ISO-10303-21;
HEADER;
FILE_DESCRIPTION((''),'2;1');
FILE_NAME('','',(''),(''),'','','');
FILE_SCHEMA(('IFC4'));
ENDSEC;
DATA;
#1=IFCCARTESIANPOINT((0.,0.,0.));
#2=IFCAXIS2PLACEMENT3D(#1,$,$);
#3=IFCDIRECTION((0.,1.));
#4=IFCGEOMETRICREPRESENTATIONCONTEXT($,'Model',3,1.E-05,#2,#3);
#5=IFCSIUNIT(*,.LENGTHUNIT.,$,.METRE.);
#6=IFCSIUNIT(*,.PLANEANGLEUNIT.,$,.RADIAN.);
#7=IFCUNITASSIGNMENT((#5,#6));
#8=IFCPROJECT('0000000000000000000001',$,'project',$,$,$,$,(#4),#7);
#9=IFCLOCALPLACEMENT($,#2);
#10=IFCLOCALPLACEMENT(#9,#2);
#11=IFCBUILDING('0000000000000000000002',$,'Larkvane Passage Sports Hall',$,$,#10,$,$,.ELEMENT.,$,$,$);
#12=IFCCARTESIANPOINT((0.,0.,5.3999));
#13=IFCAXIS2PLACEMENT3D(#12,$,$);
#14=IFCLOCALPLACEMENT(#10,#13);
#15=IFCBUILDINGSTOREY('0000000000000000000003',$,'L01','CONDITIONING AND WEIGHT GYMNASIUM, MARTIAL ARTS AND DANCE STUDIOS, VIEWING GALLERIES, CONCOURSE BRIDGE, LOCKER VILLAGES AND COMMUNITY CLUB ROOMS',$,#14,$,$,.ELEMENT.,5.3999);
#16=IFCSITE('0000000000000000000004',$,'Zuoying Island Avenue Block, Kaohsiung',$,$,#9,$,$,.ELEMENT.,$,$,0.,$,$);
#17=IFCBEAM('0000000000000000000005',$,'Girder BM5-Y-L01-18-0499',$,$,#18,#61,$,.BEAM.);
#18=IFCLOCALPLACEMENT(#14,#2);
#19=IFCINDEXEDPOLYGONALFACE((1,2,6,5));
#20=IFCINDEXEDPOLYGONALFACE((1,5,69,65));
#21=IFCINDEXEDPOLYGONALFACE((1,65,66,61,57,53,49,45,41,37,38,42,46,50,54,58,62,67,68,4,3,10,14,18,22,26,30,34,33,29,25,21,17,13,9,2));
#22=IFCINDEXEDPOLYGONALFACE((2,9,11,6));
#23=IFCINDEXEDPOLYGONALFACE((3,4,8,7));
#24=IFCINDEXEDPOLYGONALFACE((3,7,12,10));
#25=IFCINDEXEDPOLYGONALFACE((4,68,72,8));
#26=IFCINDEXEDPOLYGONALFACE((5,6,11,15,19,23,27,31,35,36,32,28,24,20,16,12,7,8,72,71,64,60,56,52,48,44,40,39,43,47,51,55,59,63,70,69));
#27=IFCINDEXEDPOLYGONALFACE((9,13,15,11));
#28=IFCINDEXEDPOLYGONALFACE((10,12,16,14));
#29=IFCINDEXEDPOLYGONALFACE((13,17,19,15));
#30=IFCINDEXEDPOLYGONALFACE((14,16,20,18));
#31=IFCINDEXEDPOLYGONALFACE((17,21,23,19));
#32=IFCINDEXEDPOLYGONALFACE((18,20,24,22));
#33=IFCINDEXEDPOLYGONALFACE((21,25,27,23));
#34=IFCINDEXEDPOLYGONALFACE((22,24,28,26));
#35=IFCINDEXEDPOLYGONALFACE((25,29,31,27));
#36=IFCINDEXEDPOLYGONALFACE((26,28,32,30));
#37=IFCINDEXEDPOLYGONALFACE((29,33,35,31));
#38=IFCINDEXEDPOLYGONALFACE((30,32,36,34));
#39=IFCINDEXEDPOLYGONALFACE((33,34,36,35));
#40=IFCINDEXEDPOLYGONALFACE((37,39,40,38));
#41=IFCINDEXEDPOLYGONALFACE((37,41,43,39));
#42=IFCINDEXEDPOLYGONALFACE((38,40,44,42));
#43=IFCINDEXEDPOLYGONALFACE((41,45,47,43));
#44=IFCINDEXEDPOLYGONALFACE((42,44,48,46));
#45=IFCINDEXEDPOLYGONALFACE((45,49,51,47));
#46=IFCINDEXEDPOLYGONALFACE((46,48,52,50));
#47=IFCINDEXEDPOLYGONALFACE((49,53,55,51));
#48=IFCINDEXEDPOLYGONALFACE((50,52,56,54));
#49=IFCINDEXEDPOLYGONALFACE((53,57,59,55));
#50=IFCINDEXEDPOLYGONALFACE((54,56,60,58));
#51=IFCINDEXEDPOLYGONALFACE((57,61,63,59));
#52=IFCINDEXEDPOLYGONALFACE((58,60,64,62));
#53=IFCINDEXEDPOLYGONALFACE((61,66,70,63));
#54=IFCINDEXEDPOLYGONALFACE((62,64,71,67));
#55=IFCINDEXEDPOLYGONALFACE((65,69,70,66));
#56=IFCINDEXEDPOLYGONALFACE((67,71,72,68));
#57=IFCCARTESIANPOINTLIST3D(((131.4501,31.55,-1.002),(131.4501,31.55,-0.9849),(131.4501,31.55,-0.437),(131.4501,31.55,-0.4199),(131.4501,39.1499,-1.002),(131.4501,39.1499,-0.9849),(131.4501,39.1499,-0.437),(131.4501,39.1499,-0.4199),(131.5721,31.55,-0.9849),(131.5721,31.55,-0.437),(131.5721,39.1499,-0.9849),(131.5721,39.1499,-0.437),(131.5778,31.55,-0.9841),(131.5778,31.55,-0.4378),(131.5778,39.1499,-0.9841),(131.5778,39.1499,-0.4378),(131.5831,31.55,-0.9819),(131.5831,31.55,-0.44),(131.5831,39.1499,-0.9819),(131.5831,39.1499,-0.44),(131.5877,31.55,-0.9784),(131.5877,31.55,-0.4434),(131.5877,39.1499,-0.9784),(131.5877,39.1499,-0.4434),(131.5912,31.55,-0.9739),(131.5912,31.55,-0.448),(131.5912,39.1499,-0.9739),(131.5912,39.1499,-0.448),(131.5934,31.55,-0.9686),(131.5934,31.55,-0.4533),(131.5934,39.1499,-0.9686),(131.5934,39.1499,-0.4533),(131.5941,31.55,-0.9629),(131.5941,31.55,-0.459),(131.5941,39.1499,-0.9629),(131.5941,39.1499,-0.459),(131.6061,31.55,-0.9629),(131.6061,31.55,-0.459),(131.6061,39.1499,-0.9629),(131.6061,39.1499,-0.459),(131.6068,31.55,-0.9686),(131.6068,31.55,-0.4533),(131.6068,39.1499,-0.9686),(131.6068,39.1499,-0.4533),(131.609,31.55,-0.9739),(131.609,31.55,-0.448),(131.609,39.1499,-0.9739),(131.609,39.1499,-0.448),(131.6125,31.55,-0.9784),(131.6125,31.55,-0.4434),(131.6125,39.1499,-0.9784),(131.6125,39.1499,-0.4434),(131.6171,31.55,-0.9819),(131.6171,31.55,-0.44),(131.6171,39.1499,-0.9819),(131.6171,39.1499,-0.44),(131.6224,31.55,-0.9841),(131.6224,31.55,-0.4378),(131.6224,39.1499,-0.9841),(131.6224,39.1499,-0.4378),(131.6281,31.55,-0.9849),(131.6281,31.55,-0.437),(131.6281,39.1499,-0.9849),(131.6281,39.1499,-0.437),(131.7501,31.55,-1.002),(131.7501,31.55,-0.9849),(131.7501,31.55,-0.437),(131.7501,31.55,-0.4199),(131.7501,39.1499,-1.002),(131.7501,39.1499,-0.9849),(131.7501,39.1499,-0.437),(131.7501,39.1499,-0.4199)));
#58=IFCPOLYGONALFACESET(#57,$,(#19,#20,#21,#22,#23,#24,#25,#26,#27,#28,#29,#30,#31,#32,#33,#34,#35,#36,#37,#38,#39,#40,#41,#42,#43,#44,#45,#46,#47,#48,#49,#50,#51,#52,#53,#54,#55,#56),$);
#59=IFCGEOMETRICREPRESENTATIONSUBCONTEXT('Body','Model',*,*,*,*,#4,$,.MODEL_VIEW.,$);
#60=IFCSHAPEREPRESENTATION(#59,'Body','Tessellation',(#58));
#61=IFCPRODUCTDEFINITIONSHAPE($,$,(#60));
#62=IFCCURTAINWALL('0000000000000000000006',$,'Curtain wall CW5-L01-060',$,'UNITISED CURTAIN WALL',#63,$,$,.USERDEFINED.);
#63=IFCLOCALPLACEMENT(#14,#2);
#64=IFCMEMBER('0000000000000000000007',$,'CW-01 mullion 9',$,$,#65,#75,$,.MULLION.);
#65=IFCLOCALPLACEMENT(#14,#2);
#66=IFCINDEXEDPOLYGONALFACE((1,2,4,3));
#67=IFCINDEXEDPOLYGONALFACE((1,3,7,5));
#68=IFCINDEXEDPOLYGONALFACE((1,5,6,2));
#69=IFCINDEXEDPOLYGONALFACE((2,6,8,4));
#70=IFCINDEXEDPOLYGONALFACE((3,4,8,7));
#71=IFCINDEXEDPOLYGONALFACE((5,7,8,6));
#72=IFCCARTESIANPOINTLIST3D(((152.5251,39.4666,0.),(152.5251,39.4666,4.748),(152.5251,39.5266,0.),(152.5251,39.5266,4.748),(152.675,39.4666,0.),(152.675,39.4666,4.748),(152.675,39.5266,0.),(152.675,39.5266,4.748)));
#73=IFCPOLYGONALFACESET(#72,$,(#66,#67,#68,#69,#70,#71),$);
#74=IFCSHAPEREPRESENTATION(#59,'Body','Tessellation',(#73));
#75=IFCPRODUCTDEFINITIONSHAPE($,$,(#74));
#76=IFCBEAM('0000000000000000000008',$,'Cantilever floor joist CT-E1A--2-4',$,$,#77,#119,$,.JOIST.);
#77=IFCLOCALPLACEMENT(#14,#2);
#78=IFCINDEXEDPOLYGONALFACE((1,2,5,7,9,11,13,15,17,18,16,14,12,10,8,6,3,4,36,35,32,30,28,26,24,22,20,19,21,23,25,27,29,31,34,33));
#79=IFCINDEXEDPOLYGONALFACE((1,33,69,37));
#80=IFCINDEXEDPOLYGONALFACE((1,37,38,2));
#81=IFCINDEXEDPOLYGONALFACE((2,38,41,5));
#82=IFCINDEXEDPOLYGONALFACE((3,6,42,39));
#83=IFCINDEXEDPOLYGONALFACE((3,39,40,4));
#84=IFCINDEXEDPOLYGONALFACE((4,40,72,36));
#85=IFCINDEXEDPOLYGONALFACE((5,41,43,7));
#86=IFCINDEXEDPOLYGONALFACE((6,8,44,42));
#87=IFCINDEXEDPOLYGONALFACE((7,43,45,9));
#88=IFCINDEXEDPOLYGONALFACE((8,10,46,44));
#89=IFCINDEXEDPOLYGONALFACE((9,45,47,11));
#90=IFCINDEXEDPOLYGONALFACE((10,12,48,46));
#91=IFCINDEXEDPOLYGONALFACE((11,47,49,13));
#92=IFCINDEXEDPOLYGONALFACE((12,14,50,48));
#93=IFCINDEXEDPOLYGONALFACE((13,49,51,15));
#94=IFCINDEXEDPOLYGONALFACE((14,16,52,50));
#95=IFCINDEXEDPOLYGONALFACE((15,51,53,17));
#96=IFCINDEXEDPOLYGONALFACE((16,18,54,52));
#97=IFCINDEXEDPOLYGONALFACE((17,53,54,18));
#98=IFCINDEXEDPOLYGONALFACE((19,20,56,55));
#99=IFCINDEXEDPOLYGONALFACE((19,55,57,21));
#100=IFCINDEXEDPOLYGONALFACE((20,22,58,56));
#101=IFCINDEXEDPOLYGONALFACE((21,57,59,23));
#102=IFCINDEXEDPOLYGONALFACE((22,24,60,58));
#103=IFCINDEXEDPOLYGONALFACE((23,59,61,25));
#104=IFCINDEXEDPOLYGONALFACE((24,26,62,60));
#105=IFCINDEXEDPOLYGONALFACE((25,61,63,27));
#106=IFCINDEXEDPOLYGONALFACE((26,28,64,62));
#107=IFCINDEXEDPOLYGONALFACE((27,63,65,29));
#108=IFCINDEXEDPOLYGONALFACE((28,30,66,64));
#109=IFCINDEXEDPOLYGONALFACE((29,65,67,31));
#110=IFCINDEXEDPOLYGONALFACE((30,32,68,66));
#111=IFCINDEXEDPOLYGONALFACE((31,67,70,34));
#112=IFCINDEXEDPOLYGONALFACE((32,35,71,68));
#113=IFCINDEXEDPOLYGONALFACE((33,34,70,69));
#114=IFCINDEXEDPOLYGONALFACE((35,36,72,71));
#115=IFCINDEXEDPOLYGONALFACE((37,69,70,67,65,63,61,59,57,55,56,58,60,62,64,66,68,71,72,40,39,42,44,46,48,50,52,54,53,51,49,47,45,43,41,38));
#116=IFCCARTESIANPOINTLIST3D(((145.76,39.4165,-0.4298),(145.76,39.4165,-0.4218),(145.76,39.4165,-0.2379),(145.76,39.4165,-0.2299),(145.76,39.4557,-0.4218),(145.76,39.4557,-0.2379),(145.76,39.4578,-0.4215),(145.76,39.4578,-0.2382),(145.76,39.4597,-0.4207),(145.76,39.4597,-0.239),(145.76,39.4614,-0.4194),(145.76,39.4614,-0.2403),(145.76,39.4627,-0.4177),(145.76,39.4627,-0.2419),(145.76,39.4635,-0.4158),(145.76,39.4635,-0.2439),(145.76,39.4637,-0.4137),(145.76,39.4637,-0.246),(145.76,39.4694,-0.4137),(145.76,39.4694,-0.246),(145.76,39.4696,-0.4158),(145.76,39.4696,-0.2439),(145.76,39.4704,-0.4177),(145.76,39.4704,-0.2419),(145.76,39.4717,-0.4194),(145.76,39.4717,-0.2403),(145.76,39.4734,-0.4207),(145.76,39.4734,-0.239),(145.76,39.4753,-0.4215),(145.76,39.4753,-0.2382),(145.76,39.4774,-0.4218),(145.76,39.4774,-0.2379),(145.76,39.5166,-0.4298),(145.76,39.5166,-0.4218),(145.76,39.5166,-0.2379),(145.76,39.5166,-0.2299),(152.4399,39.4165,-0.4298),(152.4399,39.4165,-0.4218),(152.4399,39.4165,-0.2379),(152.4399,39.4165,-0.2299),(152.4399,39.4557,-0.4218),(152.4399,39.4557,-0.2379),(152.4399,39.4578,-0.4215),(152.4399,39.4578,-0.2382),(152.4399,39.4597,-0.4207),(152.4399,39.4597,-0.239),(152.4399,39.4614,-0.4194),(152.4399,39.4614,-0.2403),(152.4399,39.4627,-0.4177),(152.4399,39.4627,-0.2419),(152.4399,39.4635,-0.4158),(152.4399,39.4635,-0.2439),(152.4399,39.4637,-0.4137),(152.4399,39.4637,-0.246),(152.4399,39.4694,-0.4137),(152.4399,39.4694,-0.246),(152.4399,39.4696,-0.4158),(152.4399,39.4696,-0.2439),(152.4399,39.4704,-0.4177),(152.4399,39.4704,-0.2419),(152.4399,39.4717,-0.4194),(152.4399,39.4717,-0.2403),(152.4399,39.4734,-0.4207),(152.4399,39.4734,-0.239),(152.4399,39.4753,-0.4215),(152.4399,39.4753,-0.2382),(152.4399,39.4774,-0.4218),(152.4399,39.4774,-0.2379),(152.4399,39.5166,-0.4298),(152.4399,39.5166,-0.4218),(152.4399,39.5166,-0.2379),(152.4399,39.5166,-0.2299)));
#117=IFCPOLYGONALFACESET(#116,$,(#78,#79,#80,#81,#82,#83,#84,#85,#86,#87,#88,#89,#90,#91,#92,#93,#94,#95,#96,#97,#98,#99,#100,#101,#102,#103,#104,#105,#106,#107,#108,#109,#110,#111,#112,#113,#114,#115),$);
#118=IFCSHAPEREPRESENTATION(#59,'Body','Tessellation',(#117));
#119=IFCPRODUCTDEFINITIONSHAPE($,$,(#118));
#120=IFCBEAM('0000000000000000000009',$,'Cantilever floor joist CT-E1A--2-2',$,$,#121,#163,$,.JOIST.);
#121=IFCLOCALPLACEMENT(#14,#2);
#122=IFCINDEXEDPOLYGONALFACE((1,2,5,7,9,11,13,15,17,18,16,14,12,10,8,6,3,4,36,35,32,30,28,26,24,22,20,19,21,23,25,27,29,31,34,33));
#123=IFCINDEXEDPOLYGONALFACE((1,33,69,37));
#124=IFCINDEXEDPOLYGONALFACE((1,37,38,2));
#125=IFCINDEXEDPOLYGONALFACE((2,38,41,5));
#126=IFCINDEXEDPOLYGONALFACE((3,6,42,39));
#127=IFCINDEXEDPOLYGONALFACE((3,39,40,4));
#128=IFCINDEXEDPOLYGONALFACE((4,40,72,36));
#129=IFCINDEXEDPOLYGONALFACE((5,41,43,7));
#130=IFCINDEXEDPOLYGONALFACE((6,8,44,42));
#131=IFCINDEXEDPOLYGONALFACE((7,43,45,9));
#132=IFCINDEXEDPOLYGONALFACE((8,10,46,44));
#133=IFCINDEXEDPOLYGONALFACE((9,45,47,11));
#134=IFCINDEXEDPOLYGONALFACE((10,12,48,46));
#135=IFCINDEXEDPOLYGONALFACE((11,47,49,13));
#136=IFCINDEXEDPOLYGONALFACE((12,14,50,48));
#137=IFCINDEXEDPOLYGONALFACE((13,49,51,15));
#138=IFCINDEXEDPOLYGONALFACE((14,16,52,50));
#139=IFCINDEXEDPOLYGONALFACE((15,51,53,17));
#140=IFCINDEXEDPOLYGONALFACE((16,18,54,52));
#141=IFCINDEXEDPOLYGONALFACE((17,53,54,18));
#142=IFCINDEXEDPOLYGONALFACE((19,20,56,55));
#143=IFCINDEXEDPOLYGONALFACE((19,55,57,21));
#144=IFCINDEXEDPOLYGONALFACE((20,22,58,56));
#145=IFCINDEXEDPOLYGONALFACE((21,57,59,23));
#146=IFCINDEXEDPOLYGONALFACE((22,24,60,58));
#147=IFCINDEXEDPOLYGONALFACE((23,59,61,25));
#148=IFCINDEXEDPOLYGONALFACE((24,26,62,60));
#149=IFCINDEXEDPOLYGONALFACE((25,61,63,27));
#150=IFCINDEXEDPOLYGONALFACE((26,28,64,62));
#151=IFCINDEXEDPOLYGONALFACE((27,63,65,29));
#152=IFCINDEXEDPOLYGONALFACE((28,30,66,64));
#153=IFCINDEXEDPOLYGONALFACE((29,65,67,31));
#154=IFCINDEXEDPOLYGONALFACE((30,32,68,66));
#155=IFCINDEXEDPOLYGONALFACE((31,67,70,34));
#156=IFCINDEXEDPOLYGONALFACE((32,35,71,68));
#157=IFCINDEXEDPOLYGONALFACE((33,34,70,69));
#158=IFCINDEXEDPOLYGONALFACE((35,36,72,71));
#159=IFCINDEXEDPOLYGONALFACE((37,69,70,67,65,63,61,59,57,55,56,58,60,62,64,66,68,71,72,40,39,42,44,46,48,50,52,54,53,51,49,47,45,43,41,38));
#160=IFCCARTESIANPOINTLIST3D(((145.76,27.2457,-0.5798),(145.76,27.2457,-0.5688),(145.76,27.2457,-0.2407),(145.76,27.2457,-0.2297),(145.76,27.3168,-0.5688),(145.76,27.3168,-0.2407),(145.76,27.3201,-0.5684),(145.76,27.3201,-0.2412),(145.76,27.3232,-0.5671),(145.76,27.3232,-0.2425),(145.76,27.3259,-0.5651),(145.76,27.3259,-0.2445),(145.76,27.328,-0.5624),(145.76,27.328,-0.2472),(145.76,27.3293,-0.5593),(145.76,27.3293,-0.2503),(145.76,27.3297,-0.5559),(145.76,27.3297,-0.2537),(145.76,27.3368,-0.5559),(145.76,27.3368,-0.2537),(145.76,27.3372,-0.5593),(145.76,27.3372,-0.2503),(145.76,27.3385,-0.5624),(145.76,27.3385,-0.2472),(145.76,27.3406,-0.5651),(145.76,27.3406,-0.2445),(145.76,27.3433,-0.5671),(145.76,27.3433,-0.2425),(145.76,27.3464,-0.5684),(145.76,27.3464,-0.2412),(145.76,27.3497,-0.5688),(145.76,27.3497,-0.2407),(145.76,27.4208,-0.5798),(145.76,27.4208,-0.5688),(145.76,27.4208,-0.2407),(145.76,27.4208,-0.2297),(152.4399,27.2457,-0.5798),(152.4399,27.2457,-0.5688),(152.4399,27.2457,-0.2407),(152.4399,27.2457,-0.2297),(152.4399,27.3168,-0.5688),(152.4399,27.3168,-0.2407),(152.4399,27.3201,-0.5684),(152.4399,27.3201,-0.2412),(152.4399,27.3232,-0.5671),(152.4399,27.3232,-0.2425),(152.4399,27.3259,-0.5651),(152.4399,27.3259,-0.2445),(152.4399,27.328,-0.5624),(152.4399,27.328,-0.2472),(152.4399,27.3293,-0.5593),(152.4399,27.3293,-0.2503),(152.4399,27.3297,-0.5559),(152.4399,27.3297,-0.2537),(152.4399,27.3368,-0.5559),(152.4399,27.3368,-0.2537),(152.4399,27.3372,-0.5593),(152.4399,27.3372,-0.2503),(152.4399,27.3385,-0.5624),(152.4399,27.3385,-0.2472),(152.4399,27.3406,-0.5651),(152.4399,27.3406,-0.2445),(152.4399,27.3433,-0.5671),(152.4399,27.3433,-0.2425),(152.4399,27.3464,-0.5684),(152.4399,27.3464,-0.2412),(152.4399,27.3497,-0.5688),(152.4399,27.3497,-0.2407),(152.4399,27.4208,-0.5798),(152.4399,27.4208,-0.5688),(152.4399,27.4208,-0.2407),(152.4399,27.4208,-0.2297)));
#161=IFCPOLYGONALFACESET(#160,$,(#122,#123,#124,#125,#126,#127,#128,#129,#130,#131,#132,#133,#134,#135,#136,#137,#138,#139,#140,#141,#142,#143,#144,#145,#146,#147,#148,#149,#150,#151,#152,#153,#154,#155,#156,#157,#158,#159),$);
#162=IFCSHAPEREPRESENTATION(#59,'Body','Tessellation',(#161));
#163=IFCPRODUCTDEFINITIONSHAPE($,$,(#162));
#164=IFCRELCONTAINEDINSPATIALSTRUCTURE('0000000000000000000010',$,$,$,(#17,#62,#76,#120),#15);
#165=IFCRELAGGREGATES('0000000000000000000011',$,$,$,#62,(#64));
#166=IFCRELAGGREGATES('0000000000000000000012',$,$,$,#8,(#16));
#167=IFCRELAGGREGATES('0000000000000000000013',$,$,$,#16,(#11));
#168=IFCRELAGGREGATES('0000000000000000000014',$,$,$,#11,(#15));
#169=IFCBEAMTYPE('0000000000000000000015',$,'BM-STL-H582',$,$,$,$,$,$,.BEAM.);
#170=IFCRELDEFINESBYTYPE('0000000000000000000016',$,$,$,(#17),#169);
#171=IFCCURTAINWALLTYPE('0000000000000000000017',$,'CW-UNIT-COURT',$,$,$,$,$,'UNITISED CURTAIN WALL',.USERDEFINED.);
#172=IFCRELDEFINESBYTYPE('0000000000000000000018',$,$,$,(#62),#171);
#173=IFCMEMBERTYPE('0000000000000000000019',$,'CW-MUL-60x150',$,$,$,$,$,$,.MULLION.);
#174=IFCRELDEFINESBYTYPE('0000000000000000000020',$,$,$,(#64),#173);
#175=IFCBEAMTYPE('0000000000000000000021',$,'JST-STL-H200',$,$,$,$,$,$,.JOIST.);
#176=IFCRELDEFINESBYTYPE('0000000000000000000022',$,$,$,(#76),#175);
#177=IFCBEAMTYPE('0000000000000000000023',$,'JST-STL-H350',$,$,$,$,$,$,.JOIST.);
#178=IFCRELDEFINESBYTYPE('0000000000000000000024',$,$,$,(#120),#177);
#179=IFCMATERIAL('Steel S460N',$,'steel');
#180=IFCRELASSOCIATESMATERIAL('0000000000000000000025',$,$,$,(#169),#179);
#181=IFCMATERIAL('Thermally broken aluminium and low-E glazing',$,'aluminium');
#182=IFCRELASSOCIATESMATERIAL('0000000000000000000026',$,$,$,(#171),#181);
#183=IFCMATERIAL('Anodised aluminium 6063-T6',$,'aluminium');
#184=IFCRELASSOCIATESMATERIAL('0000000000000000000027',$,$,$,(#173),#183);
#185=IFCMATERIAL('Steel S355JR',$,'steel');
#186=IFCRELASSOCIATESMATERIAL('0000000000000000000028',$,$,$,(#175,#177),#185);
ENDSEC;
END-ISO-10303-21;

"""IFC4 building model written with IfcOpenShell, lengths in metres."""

from ifc_helpers import new_model, si_unit, direction, frame, origin, origin_2d, place, context, subcontext, project, spatial, rectangle, i_section, extrude, material, material_profile, profile_set, type_object, element, aggregate, save


model = new_model("IFC4")

# Units and contexts
model_context = context("Model", 3, precision=1e-05, world=origin(), true_north=direction((0.0, 1.0)))
body_context = subcontext(model_context, "Body", "Model", "MODEL_VIEW")
ifc_project = project(units=[si_unit("LENGTHUNIT", "METRE"), si_unit("PLANEANGLEUNIT", "RADIAN")], contexts=[model_context])

# Site, building, storey
site_placement = place(None, origin())
site = spatial("IfcSite", under=ifc_project, at=site_placement, Name="Zuoying Island Avenue Block, Kaohsiung", CompositionType="ELEMENT", RefElevation=0.0)
building_placement = place(site_placement, origin())
building = spatial("IfcBuilding", under=site, at=building_placement, Name="Larkvane Passage Sports Hall", CompositionType="ELEMENT")
storey_placement = place(building_placement, frame((0.0, 0.0, 5.3999)))
storey = spatial("IfcBuildingStorey", under=building, at=storey_placement, Name="L01", Description="CONDITIONING AND WEIGHT GYMNASIUM, MARTIAL ARTS AND DANCE STUDIOS, VIEWING GALLERIES, CONCOURSE BRIDGE, LOCKER VILLAGES AND COMMUNITY CLUB ROOMS", CompositionType="ELEMENT", Elevation=5.3999)

# Shared definitions
ifc_material_1 = material(Name="Steel S460N", Category="steel")

# Beam
ifc_material_2 = material(Name="Steel S355JR", Category="steel")
ifc_material_profile_1 = material_profile(ifc_material_1, i_section(OverallWidth=0.3, OverallDepth=0.582, WebThickness=0.012, FlangeThickness=0.0171, FilletRadius=0.022, at=origin_2d()), Name="H-582x300x12x17")
ifc_profile_set_1 = profile_set([ifc_material_profile_1], Name="Steel S460N")
beam_type_1 = type_object("IfcBeamType", Name="BM-STL-H582", PredefinedType="BEAM", material=ifc_profile_set_1)
beam_1_placement = place(storey_placement, frame((131.6001, 31.55, -0.7109), z_axis=(0.0, 1.0, 0.0), x_axis=(-1.0, 0.0, 0.0)))
element("IfcBeam", 1, at=beam_1_placement, inside=storey, type_object=beam_type_1, Name="Girder BM5-Y-L01-18-0499", PredefinedType="BEAM", context=body_context, shape_type="SweptSolid", body=[
    extrude(i_section(OverallWidth=0.3, OverallDepth=0.582, WebThickness=0.012, FlangeThickness=0.0171, FilletRadius=0.022, at=origin_2d()), origin(), (0.0, 0.0, 1.0), 7.5999),
])

# Curtain wall, member
ifc_material_3 = material(Name="Thermally broken aluminium and low-E glazing", Category="aluminium")
curtain_wall_type = type_object("IfcCurtainWallType", Name="CW-UNIT-COURT", ElementType="UNITISED CURTAIN WALL", PredefinedType="USERDEFINED", material=ifc_material_3)
curtain_wall_placement = place(storey_placement, origin())
curtain_wall = element("IfcCurtainWall", 2, at=curtain_wall_placement, inside=storey, type_object=curtain_wall_type, Name="Curtain wall CW5-L01-060", ObjectType="UNITISED CURTAIN WALL", PredefinedType="USERDEFINED")
ifc_material_4 = material(Name="Anodised aluminium 6063-T6", Category="aluminium")
ifc_material_profile_2 = material_profile(ifc_material_4, rectangle(XDim=0.0601, YDim=0.1499, at=origin_2d()), Name="ALU-MUL-60x150")
ifc_profile_set_2 = profile_set([ifc_material_profile_2], Name="Anodised aluminium 6063-T6")
member_type_1 = type_object("IfcMemberType", Name="CW-MUL-60x150", PredefinedType="MULLION", material=ifc_profile_set_2)
member_1_placement = place(storey_placement, frame((152.6001, 39.4966, 0.0), z_axis=(0.0, 0.0, 1.0), x_axis=(0.0, -1.0, 0.0)))
member_1 = element("IfcMember", 3, at=member_1_placement, type_object=member_type_1, Name="CW-01 mullion 9", PredefinedType="MULLION", context=body_context, shape_type="SweptSolid", body=[
    extrude(rectangle(XDim=0.0601, YDim=0.1499, at=origin_2d()), origin(), (0.0, 0.0, 1.0), 4.748),
])
aggregate(curtain_wall, [member_1])

# Beams
ifc_material_profile_3 = material_profile(ifc_material_2, i_section(OverallWidth=0.1001, OverallDepth=0.2, WebThickness=0.0056, FlangeThickness=0.0081, FilletRadius=0.0081, at=origin_2d()), Name="H-200x100x5.5x8")
ifc_profile_set_3 = profile_set([ifc_material_profile_3], Name="Steel S355JR")
beam_type_2 = type_object("IfcBeamType", Name="JST-STL-H200", PredefinedType="JOIST", material=ifc_profile_set_3)
beam_2_placement = place(storey_placement, frame((145.76, 39.4666, -0.3298), z_axis=(1.0, 0.0, 0.0), x_axis=(0.0, 1.0, 0.0)))
element("IfcBeam", 4, at=beam_2_placement, inside=storey, type_object=beam_type_2, Name="Cantilever floor joist CT-E1A--2-4", PredefinedType="JOIST", context=body_context, shape_type="SweptSolid", body=[
    extrude(i_section(OverallWidth=0.1001, OverallDepth=0.2, WebThickness=0.0056, FlangeThickness=0.0081, FilletRadius=0.0081, at=origin_2d()), origin(), (0.0, 0.0, 1.0), 6.6799),
])
ifc_material_profile_4 = material_profile(ifc_material_2, i_section(OverallWidth=0.175, OverallDepth=0.3501, WebThickness=0.0071, FlangeThickness=0.011, FilletRadius=0.0129, at=origin_2d()), Name="H-350x175x7x11")
ifc_profile_set_4 = profile_set([ifc_material_profile_4], Name="Steel S355JR")
beam_type_3 = type_object("IfcBeamType", Name="JST-STL-H350", PredefinedType="JOIST", material=ifc_profile_set_4)
beam_3_placement = place(storey_placement, frame((145.76, 27.3333, -0.4048), z_axis=(1.0, 0.0, 0.0), x_axis=(0.0, 1.0, 0.0)))
element("IfcBeam", 5, at=beam_3_placement, inside=storey, type_object=beam_type_3, Name="Cantilever floor joist CT-E1A--2-2", PredefinedType="JOIST", context=body_context, shape_type="SweptSolid", body=[
    extrude(i_section(OverallWidth=0.175, OverallDepth=0.3501, WebThickness=0.0071, FlangeThickness=0.011, FilletRadius=0.0129, at=origin_2d()), origin(), (0.0, 0.0, 1.0), 6.6799),
])

save(model, "model.ifc")
